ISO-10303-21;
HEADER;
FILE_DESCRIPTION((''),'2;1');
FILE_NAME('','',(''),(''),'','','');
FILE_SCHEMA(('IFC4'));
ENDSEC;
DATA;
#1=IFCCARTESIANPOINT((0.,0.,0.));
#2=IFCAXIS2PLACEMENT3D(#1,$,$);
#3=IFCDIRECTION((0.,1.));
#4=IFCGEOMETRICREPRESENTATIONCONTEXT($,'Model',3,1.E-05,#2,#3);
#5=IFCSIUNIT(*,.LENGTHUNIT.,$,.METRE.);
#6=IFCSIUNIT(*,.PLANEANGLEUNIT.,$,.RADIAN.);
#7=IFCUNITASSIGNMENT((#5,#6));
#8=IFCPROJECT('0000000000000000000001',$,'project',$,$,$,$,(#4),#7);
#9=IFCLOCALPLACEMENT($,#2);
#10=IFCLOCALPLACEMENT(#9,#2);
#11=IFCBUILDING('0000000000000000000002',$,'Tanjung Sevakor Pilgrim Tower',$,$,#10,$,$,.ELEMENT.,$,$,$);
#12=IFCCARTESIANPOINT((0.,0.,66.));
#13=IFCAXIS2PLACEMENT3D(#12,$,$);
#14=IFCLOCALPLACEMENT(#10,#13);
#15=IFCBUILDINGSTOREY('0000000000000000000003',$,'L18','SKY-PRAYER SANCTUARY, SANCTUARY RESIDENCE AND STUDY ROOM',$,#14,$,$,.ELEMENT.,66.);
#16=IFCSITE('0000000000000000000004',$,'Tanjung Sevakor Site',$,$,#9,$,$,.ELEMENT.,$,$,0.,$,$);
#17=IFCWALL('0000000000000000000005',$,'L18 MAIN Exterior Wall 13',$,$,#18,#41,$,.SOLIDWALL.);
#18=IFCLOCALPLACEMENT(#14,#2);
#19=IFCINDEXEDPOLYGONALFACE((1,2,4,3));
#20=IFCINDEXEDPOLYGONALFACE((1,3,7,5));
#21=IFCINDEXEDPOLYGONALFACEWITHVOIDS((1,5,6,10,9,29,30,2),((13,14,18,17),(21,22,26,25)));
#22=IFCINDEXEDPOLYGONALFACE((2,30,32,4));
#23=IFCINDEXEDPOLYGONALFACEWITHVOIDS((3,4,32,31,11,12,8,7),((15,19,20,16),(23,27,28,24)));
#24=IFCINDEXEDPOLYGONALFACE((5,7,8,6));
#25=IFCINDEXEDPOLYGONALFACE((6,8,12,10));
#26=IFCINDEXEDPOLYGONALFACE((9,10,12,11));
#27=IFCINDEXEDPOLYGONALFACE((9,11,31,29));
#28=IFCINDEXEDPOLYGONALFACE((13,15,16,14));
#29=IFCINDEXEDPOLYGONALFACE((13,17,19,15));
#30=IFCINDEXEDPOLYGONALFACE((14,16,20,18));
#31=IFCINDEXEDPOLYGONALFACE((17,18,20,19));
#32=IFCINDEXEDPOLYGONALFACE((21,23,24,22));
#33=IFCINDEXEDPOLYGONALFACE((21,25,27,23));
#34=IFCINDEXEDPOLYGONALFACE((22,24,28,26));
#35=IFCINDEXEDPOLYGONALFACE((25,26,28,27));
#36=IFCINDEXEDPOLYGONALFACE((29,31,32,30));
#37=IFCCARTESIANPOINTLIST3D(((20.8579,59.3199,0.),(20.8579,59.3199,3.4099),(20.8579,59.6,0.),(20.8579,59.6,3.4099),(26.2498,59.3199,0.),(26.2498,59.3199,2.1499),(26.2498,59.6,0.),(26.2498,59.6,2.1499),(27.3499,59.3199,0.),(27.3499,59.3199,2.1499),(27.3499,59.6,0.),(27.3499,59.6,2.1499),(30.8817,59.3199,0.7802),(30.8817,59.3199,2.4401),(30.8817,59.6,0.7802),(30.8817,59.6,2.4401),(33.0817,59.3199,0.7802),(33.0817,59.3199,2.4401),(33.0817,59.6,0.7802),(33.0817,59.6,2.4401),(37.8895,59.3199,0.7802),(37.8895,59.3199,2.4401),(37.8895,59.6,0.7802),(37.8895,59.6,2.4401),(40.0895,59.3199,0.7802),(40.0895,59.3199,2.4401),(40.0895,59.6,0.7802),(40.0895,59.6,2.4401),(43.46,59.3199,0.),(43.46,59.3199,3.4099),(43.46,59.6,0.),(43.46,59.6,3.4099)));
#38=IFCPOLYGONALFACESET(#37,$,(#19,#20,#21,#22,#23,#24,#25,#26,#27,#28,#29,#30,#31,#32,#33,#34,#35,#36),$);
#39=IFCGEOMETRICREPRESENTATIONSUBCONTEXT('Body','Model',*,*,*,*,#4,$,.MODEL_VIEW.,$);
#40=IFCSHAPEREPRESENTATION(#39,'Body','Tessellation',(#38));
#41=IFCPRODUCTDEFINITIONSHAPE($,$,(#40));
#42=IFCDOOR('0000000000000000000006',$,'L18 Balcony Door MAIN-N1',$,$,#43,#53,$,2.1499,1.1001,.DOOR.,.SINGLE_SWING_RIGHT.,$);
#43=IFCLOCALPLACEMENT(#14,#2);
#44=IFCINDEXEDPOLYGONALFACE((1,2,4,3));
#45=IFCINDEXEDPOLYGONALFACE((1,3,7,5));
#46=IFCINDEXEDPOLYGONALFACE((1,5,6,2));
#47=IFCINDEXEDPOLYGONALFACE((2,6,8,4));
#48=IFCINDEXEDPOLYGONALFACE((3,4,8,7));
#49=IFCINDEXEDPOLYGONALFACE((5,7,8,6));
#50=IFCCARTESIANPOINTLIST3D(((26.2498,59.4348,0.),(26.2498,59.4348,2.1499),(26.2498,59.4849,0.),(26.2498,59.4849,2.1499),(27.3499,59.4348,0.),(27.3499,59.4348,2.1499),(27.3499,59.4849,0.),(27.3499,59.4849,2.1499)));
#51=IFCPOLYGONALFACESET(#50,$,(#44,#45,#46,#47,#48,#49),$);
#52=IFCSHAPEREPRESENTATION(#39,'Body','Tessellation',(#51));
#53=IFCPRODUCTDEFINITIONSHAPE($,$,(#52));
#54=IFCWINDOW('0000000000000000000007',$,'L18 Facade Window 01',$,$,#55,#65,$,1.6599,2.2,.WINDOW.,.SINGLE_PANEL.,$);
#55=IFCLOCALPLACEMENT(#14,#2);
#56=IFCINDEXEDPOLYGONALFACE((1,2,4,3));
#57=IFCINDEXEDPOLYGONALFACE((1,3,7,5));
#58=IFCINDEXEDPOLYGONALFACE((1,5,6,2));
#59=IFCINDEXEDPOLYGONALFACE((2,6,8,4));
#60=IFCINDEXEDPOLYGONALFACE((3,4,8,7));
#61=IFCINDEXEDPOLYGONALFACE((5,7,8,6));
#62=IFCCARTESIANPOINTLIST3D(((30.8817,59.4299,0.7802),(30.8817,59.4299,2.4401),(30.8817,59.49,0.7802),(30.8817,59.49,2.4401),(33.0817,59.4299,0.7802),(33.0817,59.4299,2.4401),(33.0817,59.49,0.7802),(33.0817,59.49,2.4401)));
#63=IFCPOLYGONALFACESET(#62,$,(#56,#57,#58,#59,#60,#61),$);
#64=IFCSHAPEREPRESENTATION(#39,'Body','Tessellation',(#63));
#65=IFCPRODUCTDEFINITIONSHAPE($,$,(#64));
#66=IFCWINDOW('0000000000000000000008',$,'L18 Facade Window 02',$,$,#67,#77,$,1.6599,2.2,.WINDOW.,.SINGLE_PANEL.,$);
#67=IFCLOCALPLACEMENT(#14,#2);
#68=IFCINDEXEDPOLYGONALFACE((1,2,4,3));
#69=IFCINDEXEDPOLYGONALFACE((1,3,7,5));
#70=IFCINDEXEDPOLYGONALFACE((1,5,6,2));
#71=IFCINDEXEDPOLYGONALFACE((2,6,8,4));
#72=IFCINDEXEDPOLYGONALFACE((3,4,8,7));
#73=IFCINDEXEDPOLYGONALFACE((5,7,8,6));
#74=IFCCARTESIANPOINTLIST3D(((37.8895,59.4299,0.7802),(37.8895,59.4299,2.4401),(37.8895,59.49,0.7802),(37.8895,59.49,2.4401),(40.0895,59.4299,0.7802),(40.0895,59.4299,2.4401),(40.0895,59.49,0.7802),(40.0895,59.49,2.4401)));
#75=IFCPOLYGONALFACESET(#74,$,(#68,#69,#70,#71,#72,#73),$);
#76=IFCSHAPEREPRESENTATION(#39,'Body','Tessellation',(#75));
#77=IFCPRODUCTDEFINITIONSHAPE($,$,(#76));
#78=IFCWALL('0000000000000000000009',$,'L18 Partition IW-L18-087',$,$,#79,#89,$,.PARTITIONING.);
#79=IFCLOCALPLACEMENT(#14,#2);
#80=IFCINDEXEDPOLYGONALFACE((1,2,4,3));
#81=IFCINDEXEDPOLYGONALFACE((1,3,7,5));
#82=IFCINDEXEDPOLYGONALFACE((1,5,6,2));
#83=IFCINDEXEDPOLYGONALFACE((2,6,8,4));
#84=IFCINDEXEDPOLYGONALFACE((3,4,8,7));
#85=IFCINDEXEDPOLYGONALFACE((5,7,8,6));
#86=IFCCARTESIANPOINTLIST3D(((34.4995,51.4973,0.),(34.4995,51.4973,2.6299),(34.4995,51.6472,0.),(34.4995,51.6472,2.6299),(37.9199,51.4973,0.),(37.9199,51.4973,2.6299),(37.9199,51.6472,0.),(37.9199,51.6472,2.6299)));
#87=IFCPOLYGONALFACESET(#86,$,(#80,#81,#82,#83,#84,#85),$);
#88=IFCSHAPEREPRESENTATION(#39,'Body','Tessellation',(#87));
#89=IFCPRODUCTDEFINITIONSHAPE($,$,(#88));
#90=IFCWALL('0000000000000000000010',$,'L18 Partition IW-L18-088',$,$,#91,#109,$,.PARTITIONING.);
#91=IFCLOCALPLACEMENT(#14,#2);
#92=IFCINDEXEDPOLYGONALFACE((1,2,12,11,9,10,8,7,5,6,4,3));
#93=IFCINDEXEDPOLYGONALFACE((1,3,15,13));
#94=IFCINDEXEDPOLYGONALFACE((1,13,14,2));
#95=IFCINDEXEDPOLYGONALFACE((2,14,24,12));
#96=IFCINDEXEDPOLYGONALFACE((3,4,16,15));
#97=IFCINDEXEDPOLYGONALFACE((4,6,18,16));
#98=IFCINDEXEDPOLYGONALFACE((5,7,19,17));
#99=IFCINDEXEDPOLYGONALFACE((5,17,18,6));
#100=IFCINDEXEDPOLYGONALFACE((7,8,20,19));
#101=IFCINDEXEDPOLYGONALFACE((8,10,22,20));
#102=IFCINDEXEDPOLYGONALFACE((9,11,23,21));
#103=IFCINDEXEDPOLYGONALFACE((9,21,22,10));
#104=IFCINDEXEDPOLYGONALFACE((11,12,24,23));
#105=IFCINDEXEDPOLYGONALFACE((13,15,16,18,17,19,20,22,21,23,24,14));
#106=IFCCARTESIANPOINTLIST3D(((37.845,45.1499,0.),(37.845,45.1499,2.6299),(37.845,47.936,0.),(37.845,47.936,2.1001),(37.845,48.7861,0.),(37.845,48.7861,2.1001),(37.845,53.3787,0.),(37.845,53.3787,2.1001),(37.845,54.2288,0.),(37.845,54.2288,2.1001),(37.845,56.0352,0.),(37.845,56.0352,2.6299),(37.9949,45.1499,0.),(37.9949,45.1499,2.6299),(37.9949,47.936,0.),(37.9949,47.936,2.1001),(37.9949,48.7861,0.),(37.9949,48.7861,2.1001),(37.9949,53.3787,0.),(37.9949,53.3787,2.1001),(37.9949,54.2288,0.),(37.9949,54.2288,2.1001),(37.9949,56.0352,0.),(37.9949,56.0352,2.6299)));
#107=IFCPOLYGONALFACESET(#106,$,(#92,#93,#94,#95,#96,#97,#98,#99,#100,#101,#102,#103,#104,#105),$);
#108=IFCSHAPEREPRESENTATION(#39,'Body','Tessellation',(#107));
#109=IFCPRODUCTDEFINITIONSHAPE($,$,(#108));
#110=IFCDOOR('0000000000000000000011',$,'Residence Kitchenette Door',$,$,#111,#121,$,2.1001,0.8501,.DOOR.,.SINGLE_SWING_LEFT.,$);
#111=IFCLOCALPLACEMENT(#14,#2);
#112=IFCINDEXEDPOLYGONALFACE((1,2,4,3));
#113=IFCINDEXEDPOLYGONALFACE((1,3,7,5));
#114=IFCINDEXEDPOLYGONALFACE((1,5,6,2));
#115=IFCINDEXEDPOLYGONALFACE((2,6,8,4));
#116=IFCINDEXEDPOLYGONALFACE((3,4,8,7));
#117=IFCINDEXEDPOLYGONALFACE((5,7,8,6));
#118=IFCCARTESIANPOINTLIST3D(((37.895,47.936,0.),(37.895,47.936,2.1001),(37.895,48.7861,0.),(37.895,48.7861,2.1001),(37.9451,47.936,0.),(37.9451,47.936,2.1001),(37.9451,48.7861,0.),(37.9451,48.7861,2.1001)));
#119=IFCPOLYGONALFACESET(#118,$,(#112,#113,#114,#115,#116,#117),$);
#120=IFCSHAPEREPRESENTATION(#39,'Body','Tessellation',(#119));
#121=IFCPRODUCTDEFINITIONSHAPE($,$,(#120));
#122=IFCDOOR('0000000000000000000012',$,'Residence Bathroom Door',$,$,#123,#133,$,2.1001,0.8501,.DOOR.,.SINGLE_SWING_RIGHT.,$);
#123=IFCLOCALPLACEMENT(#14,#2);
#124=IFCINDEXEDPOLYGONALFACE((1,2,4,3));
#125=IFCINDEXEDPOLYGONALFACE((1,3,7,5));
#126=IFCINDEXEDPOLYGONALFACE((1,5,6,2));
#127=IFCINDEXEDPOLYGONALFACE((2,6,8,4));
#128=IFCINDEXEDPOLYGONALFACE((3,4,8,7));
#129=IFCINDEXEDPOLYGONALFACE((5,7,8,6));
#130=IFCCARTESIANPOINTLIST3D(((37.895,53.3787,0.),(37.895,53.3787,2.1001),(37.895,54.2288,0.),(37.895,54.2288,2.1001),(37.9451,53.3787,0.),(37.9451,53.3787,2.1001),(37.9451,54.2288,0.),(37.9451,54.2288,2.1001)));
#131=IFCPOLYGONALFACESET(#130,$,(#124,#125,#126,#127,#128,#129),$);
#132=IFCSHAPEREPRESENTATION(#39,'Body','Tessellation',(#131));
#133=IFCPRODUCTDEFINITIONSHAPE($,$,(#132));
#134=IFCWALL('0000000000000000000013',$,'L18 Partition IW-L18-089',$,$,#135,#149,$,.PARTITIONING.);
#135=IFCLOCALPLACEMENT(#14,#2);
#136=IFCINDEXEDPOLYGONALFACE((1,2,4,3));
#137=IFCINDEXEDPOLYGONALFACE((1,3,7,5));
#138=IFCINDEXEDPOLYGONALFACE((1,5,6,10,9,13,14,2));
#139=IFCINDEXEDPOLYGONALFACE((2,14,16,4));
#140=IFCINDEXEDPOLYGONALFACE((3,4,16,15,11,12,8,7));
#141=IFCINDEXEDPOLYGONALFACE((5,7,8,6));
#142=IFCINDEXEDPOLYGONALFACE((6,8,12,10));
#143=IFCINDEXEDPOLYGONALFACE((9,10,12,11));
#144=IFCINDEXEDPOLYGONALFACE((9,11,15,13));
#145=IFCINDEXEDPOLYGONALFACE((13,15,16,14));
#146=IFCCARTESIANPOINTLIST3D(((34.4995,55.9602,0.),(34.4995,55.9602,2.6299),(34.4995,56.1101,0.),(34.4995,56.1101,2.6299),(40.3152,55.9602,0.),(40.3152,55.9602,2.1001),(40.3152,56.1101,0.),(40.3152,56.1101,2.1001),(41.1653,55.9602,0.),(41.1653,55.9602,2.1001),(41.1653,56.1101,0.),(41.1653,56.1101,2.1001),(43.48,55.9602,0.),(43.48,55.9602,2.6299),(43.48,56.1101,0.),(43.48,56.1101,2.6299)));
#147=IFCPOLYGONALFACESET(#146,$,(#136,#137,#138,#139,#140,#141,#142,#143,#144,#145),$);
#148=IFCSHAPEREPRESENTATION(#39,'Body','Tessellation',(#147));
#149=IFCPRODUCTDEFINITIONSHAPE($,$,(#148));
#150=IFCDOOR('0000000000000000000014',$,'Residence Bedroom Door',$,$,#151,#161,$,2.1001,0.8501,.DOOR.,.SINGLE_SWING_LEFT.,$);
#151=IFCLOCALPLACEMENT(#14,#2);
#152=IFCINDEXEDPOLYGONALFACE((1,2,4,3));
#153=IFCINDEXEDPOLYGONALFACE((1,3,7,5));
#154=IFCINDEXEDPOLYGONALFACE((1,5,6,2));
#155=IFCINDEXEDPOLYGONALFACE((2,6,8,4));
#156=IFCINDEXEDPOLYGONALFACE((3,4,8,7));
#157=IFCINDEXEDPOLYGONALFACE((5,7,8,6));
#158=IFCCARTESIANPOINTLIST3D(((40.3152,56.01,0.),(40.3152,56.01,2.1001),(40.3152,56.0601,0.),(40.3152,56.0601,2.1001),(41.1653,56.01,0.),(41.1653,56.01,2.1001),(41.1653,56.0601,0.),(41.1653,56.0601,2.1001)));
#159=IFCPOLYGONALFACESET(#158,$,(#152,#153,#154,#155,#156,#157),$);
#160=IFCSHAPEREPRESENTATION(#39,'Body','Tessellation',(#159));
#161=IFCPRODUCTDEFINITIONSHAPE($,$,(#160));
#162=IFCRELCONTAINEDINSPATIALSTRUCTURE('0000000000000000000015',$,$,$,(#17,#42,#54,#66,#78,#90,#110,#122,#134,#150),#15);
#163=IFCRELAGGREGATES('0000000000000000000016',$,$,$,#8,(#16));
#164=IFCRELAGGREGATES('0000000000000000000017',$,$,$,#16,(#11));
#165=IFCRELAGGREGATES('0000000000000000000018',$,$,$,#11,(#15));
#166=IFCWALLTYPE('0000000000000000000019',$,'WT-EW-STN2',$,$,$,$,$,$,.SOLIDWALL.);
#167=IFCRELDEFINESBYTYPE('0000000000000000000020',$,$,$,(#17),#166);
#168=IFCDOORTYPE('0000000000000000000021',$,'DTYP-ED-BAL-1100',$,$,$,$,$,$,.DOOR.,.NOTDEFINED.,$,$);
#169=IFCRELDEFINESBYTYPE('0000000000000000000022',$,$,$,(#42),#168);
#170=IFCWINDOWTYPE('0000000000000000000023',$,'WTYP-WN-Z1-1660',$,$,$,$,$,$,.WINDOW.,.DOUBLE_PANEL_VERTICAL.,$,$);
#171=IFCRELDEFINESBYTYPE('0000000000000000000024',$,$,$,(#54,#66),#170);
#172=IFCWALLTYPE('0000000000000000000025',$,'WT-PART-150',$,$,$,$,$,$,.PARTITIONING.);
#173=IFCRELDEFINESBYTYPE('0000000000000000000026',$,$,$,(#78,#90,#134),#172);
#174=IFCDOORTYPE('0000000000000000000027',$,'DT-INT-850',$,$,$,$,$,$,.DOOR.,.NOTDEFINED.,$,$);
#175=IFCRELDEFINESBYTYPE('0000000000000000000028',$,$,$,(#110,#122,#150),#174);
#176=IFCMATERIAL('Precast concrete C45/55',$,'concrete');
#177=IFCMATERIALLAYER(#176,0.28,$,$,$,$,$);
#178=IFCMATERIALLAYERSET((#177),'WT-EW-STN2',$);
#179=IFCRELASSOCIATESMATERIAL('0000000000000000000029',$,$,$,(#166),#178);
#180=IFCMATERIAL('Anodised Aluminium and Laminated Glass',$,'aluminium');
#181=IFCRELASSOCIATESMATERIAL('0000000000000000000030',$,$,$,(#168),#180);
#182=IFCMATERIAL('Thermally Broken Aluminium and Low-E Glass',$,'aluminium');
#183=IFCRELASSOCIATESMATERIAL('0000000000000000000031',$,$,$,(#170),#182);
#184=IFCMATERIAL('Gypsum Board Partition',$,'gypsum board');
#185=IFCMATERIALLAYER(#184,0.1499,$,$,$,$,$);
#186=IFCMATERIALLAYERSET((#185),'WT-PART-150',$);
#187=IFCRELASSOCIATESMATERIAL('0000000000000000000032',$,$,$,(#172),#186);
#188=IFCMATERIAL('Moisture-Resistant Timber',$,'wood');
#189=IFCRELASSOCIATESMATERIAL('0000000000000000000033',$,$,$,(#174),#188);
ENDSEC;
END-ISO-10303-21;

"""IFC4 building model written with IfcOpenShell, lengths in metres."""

from ifc_helpers import new_model, si_unit, direction, frame, frame_2d, origin, place, context, subcontext, project, spatial, rectangle, extrude, material, layer, layer_set, type_object, element, fill, save


model = new_model("IFC4")

# Units and contexts
model_context = context("Model", 3, precision=1e-05, world=origin(), true_north=direction((0.0, 1.0)))
body_context = subcontext(model_context, "Body", "Model", "MODEL_VIEW")
ifc_project = project(units=[si_unit("LENGTHUNIT", "METRE"), si_unit("PLANEANGLEUNIT", "RADIAN")], contexts=[model_context])

# Site, building, storey
site_placement = place(None, origin())
site = spatial("IfcSite", under=ifc_project, at=site_placement, Name="Tanjung Sevakor Site", CompositionType="ELEMENT", RefElevation=0.0)
building_placement = place(site_placement, origin())
building = spatial("IfcBuilding", under=site, at=building_placement, Name="Tanjung Sevakor Pilgrim Tower", CompositionType="ELEMENT")
storey_placement = place(building_placement, frame((0.0, 0.0, 66.0)))
storey = spatial("IfcBuildingStorey", under=building, at=storey_placement, Name="L18", Description="SKY-PRAYER SANCTUARY, SANCTUARY RESIDENCE AND STUDY ROOM", CompositionType="ELEMENT", Elevation=66.0)

# Shared definitions
ifc_material_1 = material(Name="Precast concrete C45/55", Category="concrete")
ifc_layer_1 = layer(ifc_material_1, 0.28)
ifc_layer_set_1 = layer_set([ifc_layer_1], Name="WT-EW-STN2")
wall_type_1 = type_object("IfcWallType", Name="WT-EW-STN2", PredefinedType="SOLIDWALL", material=ifc_layer_set_1)

# Wall, openings, door, windows
wall_1_placement = place(storey_placement, frame((43.46, 59.46, 0.0), z_axis=(0.0, 0.0, 1.0), x_axis=(-1.0, 0.0, 0.0)))
wall_1 = element("IfcWall", 1, at=wall_1_placement, inside=storey, type_object=wall_type_1, Name="L18 MAIN Exterior Wall 13", PredefinedType="SOLIDWALL", context=body_context, shape_type="SweptSolid", body=[
    extrude(rectangle(XDim=22.6021, YDim=0.28, at=frame_2d((11.301, 0.0))), origin(), (0.0, 0.0, 1.0), 3.4099),
])
opening_1_placement = place(wall_1_placement, frame((16.1101, 0.0, 0.0)))
opening_1 = element("IfcOpeningElement", 2, at=opening_1_placement, cuts=wall_1, PredefinedType="OPENING", context=body_context, shape_type="SweptSolid", body=[
    extrude(rectangle(XDim=1.1001, YDim=2.1499, at=frame_2d((0.55, 1.075))), frame((0.0, 0.1499, 0.0), z_axis=(0.0, -1.0, 0.0), x_axis=(1.0, 0.0, 0.0)), (0.0, 0.0, 1.0), 0.3),
])
opening_2_placement = place(wall_1_placement, frame((10.3782, 0.0, 0.78)))
opening_2 = element("IfcOpeningElement", 3, at=opening_2_placement, cuts=wall_1, PredefinedType="OPENING", context=body_context, shape_type="SweptSolid", body=[
    extrude(rectangle(XDim=2.2, YDim=1.6599, at=frame_2d((1.1001, 0.8301))), frame((0.0, 0.1499, 0.0), z_axis=(0.0, -1.0, 0.0), x_axis=(1.0, 0.0, 0.0)), (0.0, 0.0, 1.0), 0.3),
])
opening_3_placement = place(wall_1_placement, frame((3.3704, 0.0, 0.78)))
opening_3 = element("IfcOpeningElement", 4, at=opening_3_placement, cuts=wall_1, PredefinedType="OPENING", context=body_context, shape_type="SweptSolid", body=[
    extrude(rectangle(XDim=2.2, YDim=1.6599, at=frame_2d((1.1001, 0.8301))), frame((0.0, 0.1499, 0.0), z_axis=(0.0, -1.0, 0.0), x_axis=(1.0, 0.0, 0.0)), (0.0, 0.0, 1.0), 0.3),
])
ifc_material_2 = material(Name="Anodised Aluminium and Laminated Glass", Category="aluminium")
door_type_1 = type_object("IfcDoorType", Name="DTYP-ED-BAL-1100", OperationType="NOTDEFINED", PredefinedType="DOOR", material=ifc_material_2)
door_1_placement = place(opening_1_placement, frame((1.1001, 0.0, 0.0), z_axis=(0.0, 0.0, 1.0), x_axis=(-1.0, 0.0, 0.0)))
door_1 = element("IfcDoor", 5, at=door_1_placement, inside=storey, type_object=door_type_1, Name="L18 Balcony Door MAIN-N1", OperationType="SINGLE_SWING_RIGHT", OverallHeight=2.1499, OverallWidth=1.1001, PredefinedType="DOOR", context=body_context, shape_type="SweptSolid", body=[
    extrude(rectangle(XDim=1.1001, YDim=2.1499, at=frame_2d((0.55, 1.075))), frame((0.0, 0.0249, 0.0), z_axis=(0.0, -1.0, 0.0), x_axis=(1.0, 0.0, 0.0)), (0.0, 0.0, 1.0), 0.05),
])
fill(opening_1, door_1)
ifc_material_3 = material(Name="Thermally Broken Aluminium and Low-E Glass", Category="aluminium")
window_type = type_object("IfcWindowType", Name="WTYP-WN-Z1-1660", PartitioningType="DOUBLE_PANEL_VERTICAL", PredefinedType="WINDOW", material=ifc_material_3)
window_1_placement = place(opening_2_placement, origin())
window_1 = element("IfcWindow", 6, at=window_1_placement, inside=storey, type_object=window_type, Name="L18 Facade Window 01", OverallHeight=1.6599, OverallWidth=2.2, PartitioningType="SINGLE_PANEL", PredefinedType="WINDOW", context=body_context, shape_type="SweptSolid", body=[
    extrude(rectangle(XDim=2.2, YDim=1.6599, at=frame_2d((1.1001, 0.8301))), frame((0.0, 0.03, 0.0), z_axis=(0.0, -1.0, 0.0), x_axis=(1.0, 0.0, 0.0)), (0.0, 0.0, 1.0), 0.0601),
])
fill(opening_2, window_1)
window_2_placement = place(opening_3_placement, origin())
window_2 = element("IfcWindow", 7, at=window_2_placement, inside=storey, type_object=window_type, Name="L18 Facade Window 02", OverallHeight=1.6599, OverallWidth=2.2, PartitioningType="SINGLE_PANEL", PredefinedType="WINDOW", context=body_context, shape_type="SweptSolid", body=[
    extrude(rectangle(XDim=2.2, YDim=1.6599, at=frame_2d((1.1001, 0.8301))), frame((0.0, 0.03, 0.0), z_axis=(0.0, -1.0, 0.0), x_axis=(1.0, 0.0, 0.0)), (0.0, 0.0, 1.0), 0.0601),
])
fill(opening_3, window_2)

# Wall
ifc_material_4 = material(Name="Gypsum Board Partition", Category="gypsum board")
ifc_layer_2 = layer(ifc_material_4, 0.1499)
ifc_layer_set_2 = layer_set([ifc_layer_2], Name="WT-PART-150")
wall_type_2 = type_object("IfcWallType", Name="WT-PART-150", PredefinedType="PARTITIONING", material=ifc_layer_set_2)
wall_2_placement = place(storey_placement, frame((34.4995, 51.5723, 0.0), z_axis=(0.0, 0.0, 1.0), x_axis=(1.0, 0.0, 0.0)))
element("IfcWall", 8, at=wall_2_placement, inside=storey, type_object=wall_type_2, Name="L18 Partition IW-L18-087", PredefinedType="PARTITIONING", context=body_context, shape_type="SweptSolid", body=[
    extrude(rectangle(XDim=3.4204, YDim=0.1499, at=frame_2d((1.7102, 0.0))), origin(), (0.0, 0.0, 1.0), 2.6299),
])

# Wall, openings, doors
wall_3_placement = place(storey_placement, frame((37.9199, 45.1499, 0.0), z_axis=(0.0, 0.0, 1.0), x_axis=(0.0, 1.0, 0.0)))
wall_3 = element("IfcWall", 9, at=wall_3_placement, inside=storey, type_object=wall_type_2, Name="L18 Partition IW-L18-088", PredefinedType="PARTITIONING", context=body_context, shape_type="SweptSolid", body=[
    extrude(rectangle(XDim=10.8853, YDim=0.1499, at=frame_2d((5.4426, 0.0))), origin(), (0.0, 0.0, 1.0), 2.6299),
])
opening_4_placement = place(wall_3_placement, frame((2.7861, 0.0, 0.0)))
opening_4 = element("IfcOpeningElement", 10, at=opening_4_placement, cuts=wall_3, PredefinedType="OPENING", context=body_context, shape_type="SweptSolid", body=[
    extrude(rectangle(XDim=0.8501, YDim=2.1001, at=frame_2d((0.425, 1.05))), frame((0.0, 0.085, 0.0), z_axis=(0.0, -1.0, 0.0), x_axis=(1.0, 0.0, 0.0)), (0.0, 0.0, 1.0), 0.1699),
])
opening_5_placement = place(wall_3_placement, frame((8.2288, 0.0, 0.0)))
opening_5 = element("IfcOpeningElement", 11, at=opening_5_placement, cuts=wall_3, PredefinedType="OPENING", context=body_context, shape_type="SweptSolid", body=[
    extrude(rectangle(XDim=0.8501, YDim=2.1001, at=frame_2d((0.425, 1.05))), frame((0.0, 0.085, 0.0), z_axis=(0.0, -1.0, 0.0), x_axis=(1.0, 0.0, 0.0)), (0.0, 0.0, 1.0), 0.1699),
])
ifc_material_5 = material(Name="Moisture-Resistant Timber", Category="wood")
door_type_2 = type_object("IfcDoorType", Name="DT-INT-850", OperationType="NOTDEFINED", PredefinedType="DOOR", material=ifc_material_5)
door_2_placement = place(opening_4_placement, origin())
door_2 = element("IfcDoor", 12, at=door_2_placement, inside=storey, type_object=door_type_2, Name="Residence Kitchenette Door", OperationType="SINGLE_SWING_LEFT", OverallHeight=2.1001, OverallWidth=0.8501, PredefinedType="DOOR", context=body_context, shape_type="SweptSolid", body=[
    extrude(rectangle(XDim=0.8501, YDim=2.1001, at=frame_2d((0.425, 1.05))), frame((0.0, 0.0249, 0.0), z_axis=(0.0, -1.0, 0.0), x_axis=(1.0, 0.0, 0.0)), (0.0, 0.0, 1.0), 0.05),
])
fill(opening_4, door_2)
door_3_placement = place(opening_5_placement, origin())
door_3 = element("IfcDoor", 13, at=door_3_placement, inside=storey, type_object=door_type_2, Name="Residence Bathroom Door", OperationType="SINGLE_SWING_RIGHT", OverallHeight=2.1001, OverallWidth=0.8501, PredefinedType="DOOR", context=body_context, shape_type="SweptSolid", body=[
    extrude(rectangle(XDim=0.8501, YDim=2.1001, at=frame_2d((0.425, 1.05))), frame((0.0, 0.0249, 0.0), z_axis=(0.0, -1.0, 0.0), x_axis=(1.0, 0.0, 0.0)), (0.0, 0.0, 1.0), 0.05),
])
fill(opening_5, door_3)

# Wall, opening, door
wall_4_placement = place(storey_placement, frame((34.4995, 56.0352, 0.0), z_axis=(0.0, 0.0, 1.0), x_axis=(1.0, 0.0, 0.0)))
wall_4 = element("IfcWall", 14, at=wall_4_placement, inside=storey, type_object=wall_type_2, Name="L18 Partition IW-L18-089", PredefinedType="PARTITIONING", context=body_context, shape_type="SweptSolid", body=[
    extrude(rectangle(XDim=8.9805, YDim=0.1499, at=frame_2d((4.4902, 0.0))), origin(), (0.0, 0.0, 1.0), 2.6299),
])
opening_6_placement = place(wall_4_placement, frame((5.8157, 0.0, 0.0)))
opening_6 = element("IfcOpeningElement", 15, at=opening_6_placement, cuts=wall_4, PredefinedType="OPENING", context=body_context, shape_type="SweptSolid", body=[
    extrude(rectangle(XDim=0.8501, YDim=2.1001, at=frame_2d((0.425, 1.05))), frame((0.0, 0.085, 0.0), z_axis=(0.0, -1.0, 0.0), x_axis=(1.0, 0.0, 0.0)), (0.0, 0.0, 1.0), 0.1699),
])
door_4_placement = place(opening_6_placement, origin())
door_4 = element("IfcDoor", 16, at=door_4_placement, inside=storey, type_object=door_type_2, Name="Residence Bedroom Door", OperationType="SINGLE_SWING_LEFT", OverallHeight=2.1001, OverallWidth=0.8501, PredefinedType="DOOR", context=body_context, shape_type="SweptSolid", body=[
    extrude(rectangle(XDim=0.8501, YDim=2.1001, at=frame_2d((0.425, 1.05))), frame((0.0, 0.0249, 0.0), z_axis=(0.0, -1.0, 0.0), x_axis=(1.0, 0.0, 0.0)), (0.0, 0.0, 1.0), 0.05),
])
fill(opening_6, door_4)

save(model, "model.ifc")
